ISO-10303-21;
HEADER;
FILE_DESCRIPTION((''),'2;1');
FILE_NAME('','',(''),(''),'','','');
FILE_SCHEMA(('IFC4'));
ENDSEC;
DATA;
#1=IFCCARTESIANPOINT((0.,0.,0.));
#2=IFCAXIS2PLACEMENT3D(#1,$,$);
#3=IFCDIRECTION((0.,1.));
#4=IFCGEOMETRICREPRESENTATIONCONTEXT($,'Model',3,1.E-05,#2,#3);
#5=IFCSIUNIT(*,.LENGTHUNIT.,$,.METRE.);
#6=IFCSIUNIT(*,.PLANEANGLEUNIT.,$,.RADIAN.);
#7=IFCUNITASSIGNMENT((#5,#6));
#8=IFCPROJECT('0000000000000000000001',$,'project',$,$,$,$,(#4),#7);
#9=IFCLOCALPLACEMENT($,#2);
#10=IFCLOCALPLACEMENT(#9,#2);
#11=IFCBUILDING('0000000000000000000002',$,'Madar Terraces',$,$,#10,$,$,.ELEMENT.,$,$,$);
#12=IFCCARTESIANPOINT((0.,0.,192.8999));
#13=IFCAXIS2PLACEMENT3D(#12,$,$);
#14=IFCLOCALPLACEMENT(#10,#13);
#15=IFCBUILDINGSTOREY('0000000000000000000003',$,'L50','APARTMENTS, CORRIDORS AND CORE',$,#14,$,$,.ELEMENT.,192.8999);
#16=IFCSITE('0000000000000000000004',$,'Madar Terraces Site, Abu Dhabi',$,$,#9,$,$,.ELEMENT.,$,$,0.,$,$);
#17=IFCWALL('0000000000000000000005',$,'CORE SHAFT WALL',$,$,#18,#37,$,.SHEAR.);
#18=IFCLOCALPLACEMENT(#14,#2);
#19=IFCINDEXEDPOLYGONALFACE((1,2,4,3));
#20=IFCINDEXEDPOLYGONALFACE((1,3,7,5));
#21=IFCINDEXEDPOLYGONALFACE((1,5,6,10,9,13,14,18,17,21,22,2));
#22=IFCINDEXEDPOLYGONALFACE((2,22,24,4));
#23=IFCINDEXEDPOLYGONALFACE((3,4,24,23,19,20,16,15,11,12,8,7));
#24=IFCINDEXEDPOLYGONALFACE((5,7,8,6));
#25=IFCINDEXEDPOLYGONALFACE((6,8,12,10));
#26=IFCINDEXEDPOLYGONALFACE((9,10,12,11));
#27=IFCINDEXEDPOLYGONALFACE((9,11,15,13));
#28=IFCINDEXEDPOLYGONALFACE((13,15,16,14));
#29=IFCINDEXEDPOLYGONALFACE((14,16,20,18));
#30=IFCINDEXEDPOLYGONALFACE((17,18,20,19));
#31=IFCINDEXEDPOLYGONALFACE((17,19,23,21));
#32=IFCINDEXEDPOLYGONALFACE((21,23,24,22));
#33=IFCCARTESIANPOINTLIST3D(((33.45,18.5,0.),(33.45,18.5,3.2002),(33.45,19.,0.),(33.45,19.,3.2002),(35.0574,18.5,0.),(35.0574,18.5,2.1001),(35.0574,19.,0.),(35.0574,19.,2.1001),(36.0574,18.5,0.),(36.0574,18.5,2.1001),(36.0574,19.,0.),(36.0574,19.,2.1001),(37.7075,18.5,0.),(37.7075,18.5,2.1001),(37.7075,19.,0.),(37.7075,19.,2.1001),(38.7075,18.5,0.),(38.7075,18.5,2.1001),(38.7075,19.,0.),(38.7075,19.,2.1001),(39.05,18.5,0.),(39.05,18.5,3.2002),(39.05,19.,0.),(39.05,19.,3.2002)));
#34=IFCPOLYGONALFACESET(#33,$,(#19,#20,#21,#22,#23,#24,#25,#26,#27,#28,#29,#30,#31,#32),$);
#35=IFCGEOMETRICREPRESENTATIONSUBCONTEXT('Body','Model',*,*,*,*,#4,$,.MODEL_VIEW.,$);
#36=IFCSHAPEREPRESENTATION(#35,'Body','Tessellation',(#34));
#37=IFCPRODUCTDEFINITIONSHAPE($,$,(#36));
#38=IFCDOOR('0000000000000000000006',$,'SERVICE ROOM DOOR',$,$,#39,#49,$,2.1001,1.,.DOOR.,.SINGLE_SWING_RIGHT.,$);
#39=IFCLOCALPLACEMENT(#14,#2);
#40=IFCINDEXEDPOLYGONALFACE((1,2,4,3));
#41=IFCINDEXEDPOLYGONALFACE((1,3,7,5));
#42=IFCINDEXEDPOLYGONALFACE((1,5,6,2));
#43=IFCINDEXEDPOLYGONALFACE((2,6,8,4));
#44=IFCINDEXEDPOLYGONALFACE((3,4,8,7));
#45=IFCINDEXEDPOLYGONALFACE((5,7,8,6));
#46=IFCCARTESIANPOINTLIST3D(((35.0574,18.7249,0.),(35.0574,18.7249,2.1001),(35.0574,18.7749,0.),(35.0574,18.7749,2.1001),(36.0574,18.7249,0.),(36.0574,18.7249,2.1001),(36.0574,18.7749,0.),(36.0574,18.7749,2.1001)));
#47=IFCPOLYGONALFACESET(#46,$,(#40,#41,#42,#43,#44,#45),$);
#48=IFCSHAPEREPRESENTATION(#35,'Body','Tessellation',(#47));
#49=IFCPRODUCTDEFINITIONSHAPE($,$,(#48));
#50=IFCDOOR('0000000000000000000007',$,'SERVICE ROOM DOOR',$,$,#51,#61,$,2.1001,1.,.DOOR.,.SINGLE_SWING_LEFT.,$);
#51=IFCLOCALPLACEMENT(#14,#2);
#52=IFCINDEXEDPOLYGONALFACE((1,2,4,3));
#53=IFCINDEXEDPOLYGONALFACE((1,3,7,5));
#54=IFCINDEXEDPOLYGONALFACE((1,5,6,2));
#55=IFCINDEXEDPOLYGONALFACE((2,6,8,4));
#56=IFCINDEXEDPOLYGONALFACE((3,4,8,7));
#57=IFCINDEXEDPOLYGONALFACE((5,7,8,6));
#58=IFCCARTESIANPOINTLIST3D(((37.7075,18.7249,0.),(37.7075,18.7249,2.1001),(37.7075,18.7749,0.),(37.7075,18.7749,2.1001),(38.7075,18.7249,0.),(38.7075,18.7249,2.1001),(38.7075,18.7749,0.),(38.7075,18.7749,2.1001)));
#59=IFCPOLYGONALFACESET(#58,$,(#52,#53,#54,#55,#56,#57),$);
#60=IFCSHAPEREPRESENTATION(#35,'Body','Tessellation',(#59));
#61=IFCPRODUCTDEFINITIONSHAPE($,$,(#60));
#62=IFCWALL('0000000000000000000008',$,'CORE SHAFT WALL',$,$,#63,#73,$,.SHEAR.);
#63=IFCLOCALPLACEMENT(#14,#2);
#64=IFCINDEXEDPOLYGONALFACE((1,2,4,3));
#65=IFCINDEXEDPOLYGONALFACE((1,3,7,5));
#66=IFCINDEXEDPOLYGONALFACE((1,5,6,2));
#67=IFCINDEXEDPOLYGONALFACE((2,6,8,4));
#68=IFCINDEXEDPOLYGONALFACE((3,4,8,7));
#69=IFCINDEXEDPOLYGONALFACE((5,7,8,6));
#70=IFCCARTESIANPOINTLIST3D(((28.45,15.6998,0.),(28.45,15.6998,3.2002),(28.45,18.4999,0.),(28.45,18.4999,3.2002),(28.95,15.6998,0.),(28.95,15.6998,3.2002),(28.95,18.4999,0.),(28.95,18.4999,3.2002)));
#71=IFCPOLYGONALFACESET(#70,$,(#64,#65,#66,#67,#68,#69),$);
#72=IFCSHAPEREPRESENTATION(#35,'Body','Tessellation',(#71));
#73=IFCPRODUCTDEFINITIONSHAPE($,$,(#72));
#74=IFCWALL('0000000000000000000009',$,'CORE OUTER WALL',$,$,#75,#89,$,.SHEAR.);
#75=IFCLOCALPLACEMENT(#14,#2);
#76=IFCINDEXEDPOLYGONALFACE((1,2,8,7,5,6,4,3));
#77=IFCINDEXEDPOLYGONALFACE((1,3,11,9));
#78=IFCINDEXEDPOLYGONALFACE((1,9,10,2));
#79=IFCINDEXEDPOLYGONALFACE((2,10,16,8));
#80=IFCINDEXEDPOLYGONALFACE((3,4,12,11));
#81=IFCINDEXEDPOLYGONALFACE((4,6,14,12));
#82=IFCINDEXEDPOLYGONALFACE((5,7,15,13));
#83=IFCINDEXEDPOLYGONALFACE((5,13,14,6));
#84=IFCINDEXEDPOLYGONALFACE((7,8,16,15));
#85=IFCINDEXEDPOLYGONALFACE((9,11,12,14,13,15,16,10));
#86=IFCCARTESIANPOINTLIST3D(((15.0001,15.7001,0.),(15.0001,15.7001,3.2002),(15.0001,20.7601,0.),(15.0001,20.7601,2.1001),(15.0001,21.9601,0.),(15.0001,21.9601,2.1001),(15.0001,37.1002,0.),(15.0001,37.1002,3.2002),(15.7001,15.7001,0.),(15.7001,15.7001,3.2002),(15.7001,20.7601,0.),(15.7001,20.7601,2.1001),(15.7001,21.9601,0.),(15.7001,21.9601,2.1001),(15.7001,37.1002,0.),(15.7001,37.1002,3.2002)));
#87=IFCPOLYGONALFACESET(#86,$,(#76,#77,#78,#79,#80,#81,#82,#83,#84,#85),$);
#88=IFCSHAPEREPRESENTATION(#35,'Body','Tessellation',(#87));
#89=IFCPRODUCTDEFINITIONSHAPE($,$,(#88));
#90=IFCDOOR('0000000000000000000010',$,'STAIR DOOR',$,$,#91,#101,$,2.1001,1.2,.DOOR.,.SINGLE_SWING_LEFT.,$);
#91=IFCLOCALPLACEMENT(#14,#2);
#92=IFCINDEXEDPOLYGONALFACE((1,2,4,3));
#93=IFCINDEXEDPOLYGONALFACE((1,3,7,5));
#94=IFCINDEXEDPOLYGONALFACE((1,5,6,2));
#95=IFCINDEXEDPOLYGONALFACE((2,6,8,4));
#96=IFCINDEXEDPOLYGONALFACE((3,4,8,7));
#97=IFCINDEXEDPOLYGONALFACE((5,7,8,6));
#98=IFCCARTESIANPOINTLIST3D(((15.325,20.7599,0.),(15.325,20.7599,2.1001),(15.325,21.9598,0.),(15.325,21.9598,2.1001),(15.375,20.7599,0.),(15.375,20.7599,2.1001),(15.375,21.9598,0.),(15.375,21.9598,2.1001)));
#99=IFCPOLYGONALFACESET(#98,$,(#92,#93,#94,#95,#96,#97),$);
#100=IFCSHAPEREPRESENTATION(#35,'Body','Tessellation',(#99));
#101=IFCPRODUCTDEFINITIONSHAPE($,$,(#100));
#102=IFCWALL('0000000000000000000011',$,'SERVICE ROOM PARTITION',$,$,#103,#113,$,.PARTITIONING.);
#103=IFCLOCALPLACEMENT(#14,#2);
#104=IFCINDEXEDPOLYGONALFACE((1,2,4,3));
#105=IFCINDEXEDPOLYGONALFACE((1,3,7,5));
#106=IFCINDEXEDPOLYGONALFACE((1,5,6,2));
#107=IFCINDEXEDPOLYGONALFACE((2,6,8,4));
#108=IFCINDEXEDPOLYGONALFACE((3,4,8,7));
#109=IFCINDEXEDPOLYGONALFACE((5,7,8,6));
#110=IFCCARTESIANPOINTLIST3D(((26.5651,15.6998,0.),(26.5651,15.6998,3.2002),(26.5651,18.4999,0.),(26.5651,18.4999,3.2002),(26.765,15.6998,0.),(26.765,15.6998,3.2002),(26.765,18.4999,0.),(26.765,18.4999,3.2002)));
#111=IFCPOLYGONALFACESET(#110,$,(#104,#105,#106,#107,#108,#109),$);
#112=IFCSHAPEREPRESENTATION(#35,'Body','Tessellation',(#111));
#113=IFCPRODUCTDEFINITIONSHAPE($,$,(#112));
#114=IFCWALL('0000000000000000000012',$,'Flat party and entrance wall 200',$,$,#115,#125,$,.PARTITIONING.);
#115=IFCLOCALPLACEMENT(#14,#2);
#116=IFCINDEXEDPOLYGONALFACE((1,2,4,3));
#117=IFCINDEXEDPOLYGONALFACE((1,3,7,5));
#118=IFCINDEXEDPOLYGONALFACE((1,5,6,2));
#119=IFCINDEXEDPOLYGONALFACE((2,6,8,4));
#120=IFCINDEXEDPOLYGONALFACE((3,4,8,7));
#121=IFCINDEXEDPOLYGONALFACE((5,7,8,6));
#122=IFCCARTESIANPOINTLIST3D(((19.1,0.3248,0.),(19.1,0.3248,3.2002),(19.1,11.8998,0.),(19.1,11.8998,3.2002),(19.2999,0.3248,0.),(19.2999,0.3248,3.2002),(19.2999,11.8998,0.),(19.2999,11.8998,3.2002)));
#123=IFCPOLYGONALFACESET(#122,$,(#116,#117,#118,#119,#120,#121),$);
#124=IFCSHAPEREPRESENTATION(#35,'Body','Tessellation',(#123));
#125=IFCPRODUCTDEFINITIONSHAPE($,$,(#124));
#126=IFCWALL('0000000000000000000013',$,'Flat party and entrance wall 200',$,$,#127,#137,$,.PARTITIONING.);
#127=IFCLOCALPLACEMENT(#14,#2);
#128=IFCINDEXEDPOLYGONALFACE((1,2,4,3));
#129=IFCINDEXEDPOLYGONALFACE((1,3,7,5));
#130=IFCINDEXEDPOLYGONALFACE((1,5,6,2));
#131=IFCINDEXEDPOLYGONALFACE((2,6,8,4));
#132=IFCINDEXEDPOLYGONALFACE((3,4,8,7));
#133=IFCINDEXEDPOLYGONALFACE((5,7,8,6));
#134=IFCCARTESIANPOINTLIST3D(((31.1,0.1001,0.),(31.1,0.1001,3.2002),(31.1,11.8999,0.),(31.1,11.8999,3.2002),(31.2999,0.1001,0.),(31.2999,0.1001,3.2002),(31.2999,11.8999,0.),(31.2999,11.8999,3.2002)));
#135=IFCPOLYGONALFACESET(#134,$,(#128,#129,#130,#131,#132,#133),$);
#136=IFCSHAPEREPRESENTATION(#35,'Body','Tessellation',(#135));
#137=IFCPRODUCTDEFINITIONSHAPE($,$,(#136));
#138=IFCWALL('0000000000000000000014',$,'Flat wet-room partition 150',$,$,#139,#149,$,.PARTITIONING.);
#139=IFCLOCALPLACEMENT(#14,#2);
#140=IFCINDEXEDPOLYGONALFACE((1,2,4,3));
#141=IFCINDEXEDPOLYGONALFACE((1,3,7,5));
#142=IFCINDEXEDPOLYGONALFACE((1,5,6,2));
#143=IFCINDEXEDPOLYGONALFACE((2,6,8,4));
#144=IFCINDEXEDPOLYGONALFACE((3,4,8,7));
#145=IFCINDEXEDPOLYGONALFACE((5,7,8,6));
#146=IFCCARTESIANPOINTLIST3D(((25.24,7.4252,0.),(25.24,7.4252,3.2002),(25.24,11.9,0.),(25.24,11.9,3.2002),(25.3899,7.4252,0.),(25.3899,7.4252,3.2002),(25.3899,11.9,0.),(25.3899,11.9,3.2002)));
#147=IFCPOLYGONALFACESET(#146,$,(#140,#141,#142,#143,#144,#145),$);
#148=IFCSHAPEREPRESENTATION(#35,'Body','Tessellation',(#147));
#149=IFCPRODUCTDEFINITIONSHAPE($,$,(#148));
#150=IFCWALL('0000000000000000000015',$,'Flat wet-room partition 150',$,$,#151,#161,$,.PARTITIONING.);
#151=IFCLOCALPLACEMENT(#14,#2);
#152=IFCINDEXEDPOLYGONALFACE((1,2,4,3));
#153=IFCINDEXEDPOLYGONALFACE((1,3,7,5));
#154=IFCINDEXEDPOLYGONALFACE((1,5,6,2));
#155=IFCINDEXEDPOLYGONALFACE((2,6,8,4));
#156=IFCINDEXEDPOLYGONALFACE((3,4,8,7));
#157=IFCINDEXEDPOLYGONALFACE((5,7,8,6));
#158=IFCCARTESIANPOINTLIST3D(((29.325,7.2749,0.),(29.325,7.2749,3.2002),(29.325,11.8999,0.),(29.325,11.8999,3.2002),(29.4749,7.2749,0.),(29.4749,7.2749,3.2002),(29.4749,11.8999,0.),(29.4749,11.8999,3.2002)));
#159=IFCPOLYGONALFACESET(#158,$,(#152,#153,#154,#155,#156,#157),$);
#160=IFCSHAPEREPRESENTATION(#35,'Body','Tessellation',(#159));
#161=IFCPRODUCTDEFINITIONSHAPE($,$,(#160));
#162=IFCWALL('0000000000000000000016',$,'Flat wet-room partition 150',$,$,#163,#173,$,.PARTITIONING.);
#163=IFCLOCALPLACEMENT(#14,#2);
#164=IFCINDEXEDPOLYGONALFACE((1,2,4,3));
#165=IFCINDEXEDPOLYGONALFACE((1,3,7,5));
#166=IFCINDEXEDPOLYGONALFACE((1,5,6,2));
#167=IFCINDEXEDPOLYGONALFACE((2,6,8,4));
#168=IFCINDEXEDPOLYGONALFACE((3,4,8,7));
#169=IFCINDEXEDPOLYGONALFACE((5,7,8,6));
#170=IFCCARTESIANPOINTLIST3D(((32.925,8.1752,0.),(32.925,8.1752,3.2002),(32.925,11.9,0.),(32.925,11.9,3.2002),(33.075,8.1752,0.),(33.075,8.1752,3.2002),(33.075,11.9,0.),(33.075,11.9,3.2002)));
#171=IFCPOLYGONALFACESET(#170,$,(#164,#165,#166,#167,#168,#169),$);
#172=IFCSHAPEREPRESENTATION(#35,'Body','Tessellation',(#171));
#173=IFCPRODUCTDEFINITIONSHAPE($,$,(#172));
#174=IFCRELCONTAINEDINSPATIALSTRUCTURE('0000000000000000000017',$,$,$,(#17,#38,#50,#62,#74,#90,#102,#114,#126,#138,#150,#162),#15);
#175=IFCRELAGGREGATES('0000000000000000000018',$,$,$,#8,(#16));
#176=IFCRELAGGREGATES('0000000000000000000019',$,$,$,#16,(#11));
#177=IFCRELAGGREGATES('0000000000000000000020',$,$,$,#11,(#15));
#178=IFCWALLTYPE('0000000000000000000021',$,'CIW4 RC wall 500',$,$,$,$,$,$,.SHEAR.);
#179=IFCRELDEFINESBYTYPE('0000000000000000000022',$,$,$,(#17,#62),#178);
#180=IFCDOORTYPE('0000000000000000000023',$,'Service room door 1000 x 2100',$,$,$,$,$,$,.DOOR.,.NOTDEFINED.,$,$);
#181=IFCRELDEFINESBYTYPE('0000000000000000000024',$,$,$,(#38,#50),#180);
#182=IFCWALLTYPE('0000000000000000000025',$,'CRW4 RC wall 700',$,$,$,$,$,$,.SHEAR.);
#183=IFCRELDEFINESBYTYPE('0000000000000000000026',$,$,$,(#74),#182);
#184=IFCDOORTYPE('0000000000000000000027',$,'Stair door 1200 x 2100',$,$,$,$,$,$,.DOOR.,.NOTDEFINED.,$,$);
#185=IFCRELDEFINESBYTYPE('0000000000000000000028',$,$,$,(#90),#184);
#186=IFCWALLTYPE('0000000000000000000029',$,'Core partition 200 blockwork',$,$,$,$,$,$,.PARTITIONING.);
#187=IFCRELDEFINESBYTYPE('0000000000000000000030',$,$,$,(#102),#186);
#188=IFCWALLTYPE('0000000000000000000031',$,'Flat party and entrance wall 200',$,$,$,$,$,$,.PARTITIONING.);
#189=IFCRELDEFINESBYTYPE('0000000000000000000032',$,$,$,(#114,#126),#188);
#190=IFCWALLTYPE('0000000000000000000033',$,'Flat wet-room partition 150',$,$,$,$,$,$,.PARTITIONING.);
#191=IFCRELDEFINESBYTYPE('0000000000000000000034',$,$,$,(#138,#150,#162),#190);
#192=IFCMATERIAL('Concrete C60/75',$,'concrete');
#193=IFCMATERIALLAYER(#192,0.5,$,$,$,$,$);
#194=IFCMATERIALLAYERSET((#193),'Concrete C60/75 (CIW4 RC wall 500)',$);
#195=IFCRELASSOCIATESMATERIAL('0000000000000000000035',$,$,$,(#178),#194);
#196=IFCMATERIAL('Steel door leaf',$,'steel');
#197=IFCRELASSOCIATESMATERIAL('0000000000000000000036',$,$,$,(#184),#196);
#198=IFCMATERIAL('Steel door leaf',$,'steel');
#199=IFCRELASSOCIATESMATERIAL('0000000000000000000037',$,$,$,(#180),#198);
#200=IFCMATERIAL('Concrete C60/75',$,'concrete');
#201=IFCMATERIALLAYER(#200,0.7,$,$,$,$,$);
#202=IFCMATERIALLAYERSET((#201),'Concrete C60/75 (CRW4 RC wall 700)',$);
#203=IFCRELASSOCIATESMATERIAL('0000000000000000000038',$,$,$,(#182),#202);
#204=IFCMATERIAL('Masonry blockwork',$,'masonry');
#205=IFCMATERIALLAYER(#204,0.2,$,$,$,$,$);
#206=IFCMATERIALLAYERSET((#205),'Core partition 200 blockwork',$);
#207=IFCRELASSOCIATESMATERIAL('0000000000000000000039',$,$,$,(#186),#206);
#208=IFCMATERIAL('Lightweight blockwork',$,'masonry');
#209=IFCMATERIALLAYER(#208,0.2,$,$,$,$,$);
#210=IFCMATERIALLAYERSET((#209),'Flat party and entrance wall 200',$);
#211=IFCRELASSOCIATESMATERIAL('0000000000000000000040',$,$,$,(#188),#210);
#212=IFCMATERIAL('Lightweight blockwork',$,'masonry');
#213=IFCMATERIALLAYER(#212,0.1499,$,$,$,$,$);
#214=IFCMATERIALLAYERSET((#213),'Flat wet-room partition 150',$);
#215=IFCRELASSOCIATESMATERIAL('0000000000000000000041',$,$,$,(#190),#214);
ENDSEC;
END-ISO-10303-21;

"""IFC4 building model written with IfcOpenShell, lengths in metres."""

from ifc_helpers import new_model, si_unit, direction, frame, frame_2d, origin, place, context, subcontext, project, spatial, rectangle, extrude, material, layer, layer_set, type_object, element, fill, save


model = new_model("IFC4")

# Units and contexts
model_context = context("Model", 3, precision=1e-05, world=origin(), true_north=direction((0.0, 1.0)))
body_context = subcontext(model_context, "Body", "Model", "MODEL_VIEW")
ifc_project = project(units=[si_unit("LENGTHUNIT", "METRE"), si_unit("PLANEANGLEUNIT", "RADIAN")], contexts=[model_context])

# Site, building, storey
site_placement = place(None, origin())
site = spatial("IfcSite", under=ifc_project, at=site_placement, Name="Madar Terraces Site, Abu Dhabi", CompositionType="ELEMENT", RefElevation=0.0)
building_placement = place(site_placement, origin())
building = spatial("IfcBuilding", under=site, at=building_placement, Name="Madar Terraces", CompositionType="ELEMENT")
storey_placement = place(building_placement, frame((0.0, 0.0, 192.8999)))
storey = spatial("IfcBuildingStorey", under=building, at=storey_placement, Name="L50", Description="APARTMENTS, CORRIDORS AND CORE", CompositionType="ELEMENT", Elevation=192.8999)

# Shared definitions
ifc_material_1 = material(Name="Concrete C60/75", Category="concrete")
ifc_layer_1 = layer(ifc_material_1, 0.5)
ifc_layer_set_1 = layer_set([ifc_layer_1], Name="Concrete C60/75 (CIW4 RC wall 500)")
wall_type_1 = type_object("IfcWallType", Name="CIW4 RC wall 500", PredefinedType="SHEAR", material=ifc_layer_set_1)
ifc_material_2 = material(Name="Steel door leaf", Category="steel")
door_type_1 = type_object("IfcDoorType", Name="Stair door 1200 x 2100", OperationType="NOTDEFINED", PredefinedType="DOOR", material=ifc_material_2)

# Wall, openings, doors
ifc_material_3 = material(Name="Steel door leaf", Category="steel")
door_type_2 = type_object("IfcDoorType", Name="Service room door 1000 x 2100", OperationType="NOTDEFINED", PredefinedType="DOOR", material=ifc_material_3)
wall_1_placement = place(storey_placement, frame((33.45, 18.75, 0.0), z_axis=(0.0, 0.0, 1.0), x_axis=(1.0, 0.0, 0.0)))
wall_1 = element("IfcWall", 1, at=wall_1_placement, inside=storey, type_object=wall_type_1, Name="CORE SHAFT WALL", PredefinedType="SHEAR", context=body_context, shape_type="SweptSolid", body=[
    extrude(rectangle(XDim=5.6001, YDim=0.5, at=frame_2d((2.8, 0.0))), origin(), (0.0, 0.0, 1.0), 3.2002),
])
opening_1_placement = place(wall_1_placement, frame((1.6074, 0.0, 0.0)))
opening_1 = element("IfcOpeningElement", 2, at=opening_1_placement, cuts=wall_1, PredefinedType="OPENING", context=body_context, shape_type="SweptSolid", body=[
    extrude(rectangle(XDim=1.0, YDim=2.1001, at=frame_2d((0.5, 1.05))), frame((0.0, 0.26, 0.0), z_axis=(0.0, -1.0, 0.0), x_axis=(1.0, 0.0, 0.0)), (0.0, 0.0, 1.0), 0.52),
])
opening_2_placement = place(wall_1_placement, frame((4.2576, 0.0, 0.0)))
opening_2 = element("IfcOpeningElement", 3, at=opening_2_placement, cuts=wall_1, PredefinedType="OPENING", context=body_context, shape_type="SweptSolid", body=[
    extrude(rectangle(XDim=1.0, YDim=2.1001, at=frame_2d((0.5, 1.05))), frame((0.0, 0.26, 0.0), z_axis=(0.0, -1.0, 0.0), x_axis=(1.0, 0.0, 0.0)), (0.0, 0.0, 1.0), 0.52),
])
door_1_placement = place(opening_1_placement, origin())
door_1 = element("IfcDoor", 4, at=door_1_placement, inside=storey, type_object=door_type_2, Name="SERVICE ROOM DOOR", OperationType="SINGLE_SWING_RIGHT", OverallHeight=2.1001, OverallWidth=1.0, PredefinedType="DOOR", context=body_context, shape_type="SweptSolid", body=[
    extrude(rectangle(XDim=1.0, YDim=2.1001, at=frame_2d((0.5, 1.05))), frame((0.0, 0.0249, 0.0), z_axis=(0.0, -1.0, 0.0), x_axis=(1.0, 0.0, 0.0)), (0.0, 0.0, 1.0), 0.05),
])
fill(opening_1, door_1)
door_2_placement = place(opening_2_placement, origin())
door_2 = element("IfcDoor", 5, at=door_2_placement, inside=storey, type_object=door_type_2, Name="SERVICE ROOM DOOR", OperationType="SINGLE_SWING_LEFT", OverallHeight=2.1001, OverallWidth=1.0, PredefinedType="DOOR", context=body_context, shape_type="SweptSolid", body=[
    extrude(rectangle(XDim=1.0, YDim=2.1001, at=frame_2d((0.5, 1.05))), frame((0.0, 0.0249, 0.0), z_axis=(0.0, -1.0, 0.0), x_axis=(1.0, 0.0, 0.0)), (0.0, 0.0, 1.0), 0.05),
])
fill(opening_2, door_2)

# Wall
wall_2_placement = place(storey_placement, frame((28.7, 15.7, 0.0), z_axis=(0.0, 0.0, 1.0), x_axis=(0.0, 1.0, 0.0)))
element("IfcWall", 6, at=wall_2_placement, inside=storey, type_object=wall_type_1, Name="CORE SHAFT WALL", PredefinedType="SHEAR", context=body_context, shape_type="SweptSolid", body=[
    extrude(rectangle(XDim=2.8, YDim=0.5, at=frame_2d((1.3999, 0.0))), origin(), (0.0, 0.0, 1.0), 3.2002),
])

# Wall, opening, door
ifc_material_4 = material(Name="Concrete C60/75", Category="concrete")
ifc_layer_2 = layer(ifc_material_4, 0.7)
ifc_layer_set_2 = layer_set([ifc_layer_2], Name="Concrete C60/75 (CRW4 RC wall 700)")
wall_type_2 = type_object("IfcWallType", Name="CRW4 RC wall 700", PredefinedType="SHEAR", material=ifc_layer_set_2)
wall_3_placement = place(storey_placement, frame((15.3501, 15.7, 0.0), z_axis=(0.0, 0.0, 1.0), x_axis=(0.0, 1.0, 0.0)))
wall_3 = element("IfcWall", 7, at=wall_3_placement, inside=storey, type_object=wall_type_2, Name="CORE OUTER WALL", PredefinedType="SHEAR", context=body_context, shape_type="SweptSolid", body=[
    extrude(rectangle(XDim=21.4001, YDim=0.7, at=frame_2d((10.7002, 0.0))), origin(), (0.0, 0.0, 1.0), 3.2002),
])
opening_3_placement = place(wall_3_placement, frame((5.0601, 0.0, 0.0)))
opening_3 = element("IfcOpeningElement", 8, at=opening_3_placement, cuts=wall_3, PredefinedType="OPENING", context=body_context, shape_type="SweptSolid", body=[
    extrude(rectangle(XDim=1.2, YDim=2.1001, at=frame_2d((0.6001, 1.05))), frame((0.0, 0.3599, 0.0), z_axis=(0.0, -1.0, 0.0), x_axis=(1.0, 0.0, 0.0)), (0.0, 0.0, 1.0), 0.72),
])
door_3_placement = place(opening_3_placement, frame((1.2, 0.0, 0.0), z_axis=(0.0, 0.0, 1.0), x_axis=(-1.0, 0.0, 0.0)))
door_3 = element("IfcDoor", 9, at=door_3_placement, inside=storey, type_object=door_type_1, Name="STAIR DOOR", OperationType="SINGLE_SWING_LEFT", OverallHeight=2.1001, OverallWidth=1.2, PredefinedType="DOOR", context=body_context, shape_type="SweptSolid", body=[
    extrude(rectangle(XDim=1.2, YDim=2.1001, at=frame_2d((0.6001, 1.05))), frame((0.0, 0.0249, 0.0), z_axis=(0.0, -1.0, 0.0), x_axis=(1.0, 0.0, 0.0)), (0.0, 0.0, 1.0), 0.05),
])
fill(opening_3, door_3)

# Walls
ifc_material_5 = material(Name="Masonry blockwork", Category="masonry")
ifc_layer_3 = layer(ifc_material_5, 0.2)
ifc_layer_set_3 = layer_set([ifc_layer_3], Name="Core partition 200 blockwork")
wall_type_3 = type_object("IfcWallType", Name="Core partition 200 blockwork", PredefinedType="PARTITIONING", material=ifc_layer_set_3)
wall_4_placement = place(storey_placement, frame((26.665, 15.7, 0.0), z_axis=(0.0, 0.0, 1.0), x_axis=(0.0, 1.0, 0.0)))
element("IfcWall", 10, at=wall_4_placement, inside=storey, type_object=wall_type_3, Name="SERVICE ROOM PARTITION", PredefinedType="PARTITIONING", context=body_context, shape_type="SweptSolid", body=[
    extrude(rectangle(XDim=2.8, YDim=0.2, at=frame_2d((1.3999, 0.0))), origin(), (0.0, 0.0, 1.0), 3.2002),
])
ifc_material_6 = material(Name="Lightweight blockwork", Category="masonry")
ifc_layer_4 = layer(ifc_material_6, 0.2)
ifc_layer_set_4 = layer_set([ifc_layer_4], Name="Flat party and entrance wall 200")
wall_type_4 = type_object("IfcWallType", Name="Flat party and entrance wall 200", PredefinedType="PARTITIONING", material=ifc_layer_set_4)
wall_5_placement = place(storey_placement, frame((19.2, 11.8999, 0.0), z_axis=(0.0, 0.0, 1.0), x_axis=(0.0, -1.0, 0.0)))
element("IfcWall", 11, at=wall_5_placement, inside=storey, type_object=wall_type_4, Name="Flat party and entrance wall 200", PredefinedType="PARTITIONING", context=body_context, shape_type="SweptSolid", body=[
    extrude(rectangle(XDim=11.575, YDim=0.2, at=frame_2d((5.7876, 0.0))), origin(), (0.0, 0.0, 1.0), 3.2002),
])
wall_6_placement = place(storey_placement, frame((31.2, 11.8999, 0.0), z_axis=(0.0, 0.0, 1.0), x_axis=(0.0, -1.0, 0.0)))
element("IfcWall", 12, at=wall_6_placement, inside=storey, type_object=wall_type_4, Name="Flat party and entrance wall 200", PredefinedType="PARTITIONING", context=body_context, shape_type="SweptSolid", body=[
    extrude(rectangle(XDim=11.7998, YDim=0.2, at=frame_2d((5.8999, 0.0))), origin(), (0.0, 0.0, 1.0), 3.2002),
])
ifc_material_7 = material(Name="Lightweight blockwork", Category="masonry")
ifc_layer_5 = layer(ifc_material_7, 0.1499)
ifc_layer_set_5 = layer_set([ifc_layer_5], Name="Flat wet-room partition 150")
wall_type_5 = type_object("IfcWallType", Name="Flat wet-room partition 150", PredefinedType="PARTITIONING", material=ifc_layer_set_5)
wall_7_placement = place(storey_placement, frame((25.3149, 11.8999, 0.0), z_axis=(0.0, 0.0, 1.0), x_axis=(0.0, -1.0, 0.0)))
element("IfcWall", 13, at=wall_7_placement, inside=storey, type_object=wall_type_5, Name="Flat wet-room partition 150", PredefinedType="PARTITIONING", context=body_context, shape_type="SweptSolid", body=[
    extrude(rectangle(XDim=4.4749, YDim=0.1499, at=frame_2d((2.2373, 0.0))), origin(), (0.0, 0.0, 1.0), 3.2002),
])
wall_8_placement = place(storey_placement, frame((29.3999, 11.8999, 0.0), z_axis=(0.0, 0.0, 1.0), x_axis=(0.0, -1.0, 0.0)))
element("IfcWall", 14, at=wall_8_placement, inside=storey, type_object=wall_type_5, Name="Flat wet-room partition 150", PredefinedType="PARTITIONING", context=body_context, shape_type="SweptSolid", body=[
    extrude(rectangle(XDim=4.625, YDim=0.1499, at=frame_2d((2.3125, 0.0))), origin(), (0.0, 0.0, 1.0), 3.2002),
])
wall_9_placement = place(storey_placement, frame((33.0, 11.8999, 0.0), z_axis=(0.0, 0.0, 1.0), x_axis=(0.0, -1.0, 0.0)))
element("IfcWall", 15, at=wall_9_placement, inside=storey, type_object=wall_type_5, Name="Flat wet-room partition 150", PredefinedType="PARTITIONING", context=body_context, shape_type="SweptSolid", body=[
    extrude(rectangle(XDim=3.7249, YDim=0.1499, at=frame_2d((1.8623, 0.0))), origin(), (0.0, 0.0, 1.0), 3.2002),
])

save(model, "model.ifc")
